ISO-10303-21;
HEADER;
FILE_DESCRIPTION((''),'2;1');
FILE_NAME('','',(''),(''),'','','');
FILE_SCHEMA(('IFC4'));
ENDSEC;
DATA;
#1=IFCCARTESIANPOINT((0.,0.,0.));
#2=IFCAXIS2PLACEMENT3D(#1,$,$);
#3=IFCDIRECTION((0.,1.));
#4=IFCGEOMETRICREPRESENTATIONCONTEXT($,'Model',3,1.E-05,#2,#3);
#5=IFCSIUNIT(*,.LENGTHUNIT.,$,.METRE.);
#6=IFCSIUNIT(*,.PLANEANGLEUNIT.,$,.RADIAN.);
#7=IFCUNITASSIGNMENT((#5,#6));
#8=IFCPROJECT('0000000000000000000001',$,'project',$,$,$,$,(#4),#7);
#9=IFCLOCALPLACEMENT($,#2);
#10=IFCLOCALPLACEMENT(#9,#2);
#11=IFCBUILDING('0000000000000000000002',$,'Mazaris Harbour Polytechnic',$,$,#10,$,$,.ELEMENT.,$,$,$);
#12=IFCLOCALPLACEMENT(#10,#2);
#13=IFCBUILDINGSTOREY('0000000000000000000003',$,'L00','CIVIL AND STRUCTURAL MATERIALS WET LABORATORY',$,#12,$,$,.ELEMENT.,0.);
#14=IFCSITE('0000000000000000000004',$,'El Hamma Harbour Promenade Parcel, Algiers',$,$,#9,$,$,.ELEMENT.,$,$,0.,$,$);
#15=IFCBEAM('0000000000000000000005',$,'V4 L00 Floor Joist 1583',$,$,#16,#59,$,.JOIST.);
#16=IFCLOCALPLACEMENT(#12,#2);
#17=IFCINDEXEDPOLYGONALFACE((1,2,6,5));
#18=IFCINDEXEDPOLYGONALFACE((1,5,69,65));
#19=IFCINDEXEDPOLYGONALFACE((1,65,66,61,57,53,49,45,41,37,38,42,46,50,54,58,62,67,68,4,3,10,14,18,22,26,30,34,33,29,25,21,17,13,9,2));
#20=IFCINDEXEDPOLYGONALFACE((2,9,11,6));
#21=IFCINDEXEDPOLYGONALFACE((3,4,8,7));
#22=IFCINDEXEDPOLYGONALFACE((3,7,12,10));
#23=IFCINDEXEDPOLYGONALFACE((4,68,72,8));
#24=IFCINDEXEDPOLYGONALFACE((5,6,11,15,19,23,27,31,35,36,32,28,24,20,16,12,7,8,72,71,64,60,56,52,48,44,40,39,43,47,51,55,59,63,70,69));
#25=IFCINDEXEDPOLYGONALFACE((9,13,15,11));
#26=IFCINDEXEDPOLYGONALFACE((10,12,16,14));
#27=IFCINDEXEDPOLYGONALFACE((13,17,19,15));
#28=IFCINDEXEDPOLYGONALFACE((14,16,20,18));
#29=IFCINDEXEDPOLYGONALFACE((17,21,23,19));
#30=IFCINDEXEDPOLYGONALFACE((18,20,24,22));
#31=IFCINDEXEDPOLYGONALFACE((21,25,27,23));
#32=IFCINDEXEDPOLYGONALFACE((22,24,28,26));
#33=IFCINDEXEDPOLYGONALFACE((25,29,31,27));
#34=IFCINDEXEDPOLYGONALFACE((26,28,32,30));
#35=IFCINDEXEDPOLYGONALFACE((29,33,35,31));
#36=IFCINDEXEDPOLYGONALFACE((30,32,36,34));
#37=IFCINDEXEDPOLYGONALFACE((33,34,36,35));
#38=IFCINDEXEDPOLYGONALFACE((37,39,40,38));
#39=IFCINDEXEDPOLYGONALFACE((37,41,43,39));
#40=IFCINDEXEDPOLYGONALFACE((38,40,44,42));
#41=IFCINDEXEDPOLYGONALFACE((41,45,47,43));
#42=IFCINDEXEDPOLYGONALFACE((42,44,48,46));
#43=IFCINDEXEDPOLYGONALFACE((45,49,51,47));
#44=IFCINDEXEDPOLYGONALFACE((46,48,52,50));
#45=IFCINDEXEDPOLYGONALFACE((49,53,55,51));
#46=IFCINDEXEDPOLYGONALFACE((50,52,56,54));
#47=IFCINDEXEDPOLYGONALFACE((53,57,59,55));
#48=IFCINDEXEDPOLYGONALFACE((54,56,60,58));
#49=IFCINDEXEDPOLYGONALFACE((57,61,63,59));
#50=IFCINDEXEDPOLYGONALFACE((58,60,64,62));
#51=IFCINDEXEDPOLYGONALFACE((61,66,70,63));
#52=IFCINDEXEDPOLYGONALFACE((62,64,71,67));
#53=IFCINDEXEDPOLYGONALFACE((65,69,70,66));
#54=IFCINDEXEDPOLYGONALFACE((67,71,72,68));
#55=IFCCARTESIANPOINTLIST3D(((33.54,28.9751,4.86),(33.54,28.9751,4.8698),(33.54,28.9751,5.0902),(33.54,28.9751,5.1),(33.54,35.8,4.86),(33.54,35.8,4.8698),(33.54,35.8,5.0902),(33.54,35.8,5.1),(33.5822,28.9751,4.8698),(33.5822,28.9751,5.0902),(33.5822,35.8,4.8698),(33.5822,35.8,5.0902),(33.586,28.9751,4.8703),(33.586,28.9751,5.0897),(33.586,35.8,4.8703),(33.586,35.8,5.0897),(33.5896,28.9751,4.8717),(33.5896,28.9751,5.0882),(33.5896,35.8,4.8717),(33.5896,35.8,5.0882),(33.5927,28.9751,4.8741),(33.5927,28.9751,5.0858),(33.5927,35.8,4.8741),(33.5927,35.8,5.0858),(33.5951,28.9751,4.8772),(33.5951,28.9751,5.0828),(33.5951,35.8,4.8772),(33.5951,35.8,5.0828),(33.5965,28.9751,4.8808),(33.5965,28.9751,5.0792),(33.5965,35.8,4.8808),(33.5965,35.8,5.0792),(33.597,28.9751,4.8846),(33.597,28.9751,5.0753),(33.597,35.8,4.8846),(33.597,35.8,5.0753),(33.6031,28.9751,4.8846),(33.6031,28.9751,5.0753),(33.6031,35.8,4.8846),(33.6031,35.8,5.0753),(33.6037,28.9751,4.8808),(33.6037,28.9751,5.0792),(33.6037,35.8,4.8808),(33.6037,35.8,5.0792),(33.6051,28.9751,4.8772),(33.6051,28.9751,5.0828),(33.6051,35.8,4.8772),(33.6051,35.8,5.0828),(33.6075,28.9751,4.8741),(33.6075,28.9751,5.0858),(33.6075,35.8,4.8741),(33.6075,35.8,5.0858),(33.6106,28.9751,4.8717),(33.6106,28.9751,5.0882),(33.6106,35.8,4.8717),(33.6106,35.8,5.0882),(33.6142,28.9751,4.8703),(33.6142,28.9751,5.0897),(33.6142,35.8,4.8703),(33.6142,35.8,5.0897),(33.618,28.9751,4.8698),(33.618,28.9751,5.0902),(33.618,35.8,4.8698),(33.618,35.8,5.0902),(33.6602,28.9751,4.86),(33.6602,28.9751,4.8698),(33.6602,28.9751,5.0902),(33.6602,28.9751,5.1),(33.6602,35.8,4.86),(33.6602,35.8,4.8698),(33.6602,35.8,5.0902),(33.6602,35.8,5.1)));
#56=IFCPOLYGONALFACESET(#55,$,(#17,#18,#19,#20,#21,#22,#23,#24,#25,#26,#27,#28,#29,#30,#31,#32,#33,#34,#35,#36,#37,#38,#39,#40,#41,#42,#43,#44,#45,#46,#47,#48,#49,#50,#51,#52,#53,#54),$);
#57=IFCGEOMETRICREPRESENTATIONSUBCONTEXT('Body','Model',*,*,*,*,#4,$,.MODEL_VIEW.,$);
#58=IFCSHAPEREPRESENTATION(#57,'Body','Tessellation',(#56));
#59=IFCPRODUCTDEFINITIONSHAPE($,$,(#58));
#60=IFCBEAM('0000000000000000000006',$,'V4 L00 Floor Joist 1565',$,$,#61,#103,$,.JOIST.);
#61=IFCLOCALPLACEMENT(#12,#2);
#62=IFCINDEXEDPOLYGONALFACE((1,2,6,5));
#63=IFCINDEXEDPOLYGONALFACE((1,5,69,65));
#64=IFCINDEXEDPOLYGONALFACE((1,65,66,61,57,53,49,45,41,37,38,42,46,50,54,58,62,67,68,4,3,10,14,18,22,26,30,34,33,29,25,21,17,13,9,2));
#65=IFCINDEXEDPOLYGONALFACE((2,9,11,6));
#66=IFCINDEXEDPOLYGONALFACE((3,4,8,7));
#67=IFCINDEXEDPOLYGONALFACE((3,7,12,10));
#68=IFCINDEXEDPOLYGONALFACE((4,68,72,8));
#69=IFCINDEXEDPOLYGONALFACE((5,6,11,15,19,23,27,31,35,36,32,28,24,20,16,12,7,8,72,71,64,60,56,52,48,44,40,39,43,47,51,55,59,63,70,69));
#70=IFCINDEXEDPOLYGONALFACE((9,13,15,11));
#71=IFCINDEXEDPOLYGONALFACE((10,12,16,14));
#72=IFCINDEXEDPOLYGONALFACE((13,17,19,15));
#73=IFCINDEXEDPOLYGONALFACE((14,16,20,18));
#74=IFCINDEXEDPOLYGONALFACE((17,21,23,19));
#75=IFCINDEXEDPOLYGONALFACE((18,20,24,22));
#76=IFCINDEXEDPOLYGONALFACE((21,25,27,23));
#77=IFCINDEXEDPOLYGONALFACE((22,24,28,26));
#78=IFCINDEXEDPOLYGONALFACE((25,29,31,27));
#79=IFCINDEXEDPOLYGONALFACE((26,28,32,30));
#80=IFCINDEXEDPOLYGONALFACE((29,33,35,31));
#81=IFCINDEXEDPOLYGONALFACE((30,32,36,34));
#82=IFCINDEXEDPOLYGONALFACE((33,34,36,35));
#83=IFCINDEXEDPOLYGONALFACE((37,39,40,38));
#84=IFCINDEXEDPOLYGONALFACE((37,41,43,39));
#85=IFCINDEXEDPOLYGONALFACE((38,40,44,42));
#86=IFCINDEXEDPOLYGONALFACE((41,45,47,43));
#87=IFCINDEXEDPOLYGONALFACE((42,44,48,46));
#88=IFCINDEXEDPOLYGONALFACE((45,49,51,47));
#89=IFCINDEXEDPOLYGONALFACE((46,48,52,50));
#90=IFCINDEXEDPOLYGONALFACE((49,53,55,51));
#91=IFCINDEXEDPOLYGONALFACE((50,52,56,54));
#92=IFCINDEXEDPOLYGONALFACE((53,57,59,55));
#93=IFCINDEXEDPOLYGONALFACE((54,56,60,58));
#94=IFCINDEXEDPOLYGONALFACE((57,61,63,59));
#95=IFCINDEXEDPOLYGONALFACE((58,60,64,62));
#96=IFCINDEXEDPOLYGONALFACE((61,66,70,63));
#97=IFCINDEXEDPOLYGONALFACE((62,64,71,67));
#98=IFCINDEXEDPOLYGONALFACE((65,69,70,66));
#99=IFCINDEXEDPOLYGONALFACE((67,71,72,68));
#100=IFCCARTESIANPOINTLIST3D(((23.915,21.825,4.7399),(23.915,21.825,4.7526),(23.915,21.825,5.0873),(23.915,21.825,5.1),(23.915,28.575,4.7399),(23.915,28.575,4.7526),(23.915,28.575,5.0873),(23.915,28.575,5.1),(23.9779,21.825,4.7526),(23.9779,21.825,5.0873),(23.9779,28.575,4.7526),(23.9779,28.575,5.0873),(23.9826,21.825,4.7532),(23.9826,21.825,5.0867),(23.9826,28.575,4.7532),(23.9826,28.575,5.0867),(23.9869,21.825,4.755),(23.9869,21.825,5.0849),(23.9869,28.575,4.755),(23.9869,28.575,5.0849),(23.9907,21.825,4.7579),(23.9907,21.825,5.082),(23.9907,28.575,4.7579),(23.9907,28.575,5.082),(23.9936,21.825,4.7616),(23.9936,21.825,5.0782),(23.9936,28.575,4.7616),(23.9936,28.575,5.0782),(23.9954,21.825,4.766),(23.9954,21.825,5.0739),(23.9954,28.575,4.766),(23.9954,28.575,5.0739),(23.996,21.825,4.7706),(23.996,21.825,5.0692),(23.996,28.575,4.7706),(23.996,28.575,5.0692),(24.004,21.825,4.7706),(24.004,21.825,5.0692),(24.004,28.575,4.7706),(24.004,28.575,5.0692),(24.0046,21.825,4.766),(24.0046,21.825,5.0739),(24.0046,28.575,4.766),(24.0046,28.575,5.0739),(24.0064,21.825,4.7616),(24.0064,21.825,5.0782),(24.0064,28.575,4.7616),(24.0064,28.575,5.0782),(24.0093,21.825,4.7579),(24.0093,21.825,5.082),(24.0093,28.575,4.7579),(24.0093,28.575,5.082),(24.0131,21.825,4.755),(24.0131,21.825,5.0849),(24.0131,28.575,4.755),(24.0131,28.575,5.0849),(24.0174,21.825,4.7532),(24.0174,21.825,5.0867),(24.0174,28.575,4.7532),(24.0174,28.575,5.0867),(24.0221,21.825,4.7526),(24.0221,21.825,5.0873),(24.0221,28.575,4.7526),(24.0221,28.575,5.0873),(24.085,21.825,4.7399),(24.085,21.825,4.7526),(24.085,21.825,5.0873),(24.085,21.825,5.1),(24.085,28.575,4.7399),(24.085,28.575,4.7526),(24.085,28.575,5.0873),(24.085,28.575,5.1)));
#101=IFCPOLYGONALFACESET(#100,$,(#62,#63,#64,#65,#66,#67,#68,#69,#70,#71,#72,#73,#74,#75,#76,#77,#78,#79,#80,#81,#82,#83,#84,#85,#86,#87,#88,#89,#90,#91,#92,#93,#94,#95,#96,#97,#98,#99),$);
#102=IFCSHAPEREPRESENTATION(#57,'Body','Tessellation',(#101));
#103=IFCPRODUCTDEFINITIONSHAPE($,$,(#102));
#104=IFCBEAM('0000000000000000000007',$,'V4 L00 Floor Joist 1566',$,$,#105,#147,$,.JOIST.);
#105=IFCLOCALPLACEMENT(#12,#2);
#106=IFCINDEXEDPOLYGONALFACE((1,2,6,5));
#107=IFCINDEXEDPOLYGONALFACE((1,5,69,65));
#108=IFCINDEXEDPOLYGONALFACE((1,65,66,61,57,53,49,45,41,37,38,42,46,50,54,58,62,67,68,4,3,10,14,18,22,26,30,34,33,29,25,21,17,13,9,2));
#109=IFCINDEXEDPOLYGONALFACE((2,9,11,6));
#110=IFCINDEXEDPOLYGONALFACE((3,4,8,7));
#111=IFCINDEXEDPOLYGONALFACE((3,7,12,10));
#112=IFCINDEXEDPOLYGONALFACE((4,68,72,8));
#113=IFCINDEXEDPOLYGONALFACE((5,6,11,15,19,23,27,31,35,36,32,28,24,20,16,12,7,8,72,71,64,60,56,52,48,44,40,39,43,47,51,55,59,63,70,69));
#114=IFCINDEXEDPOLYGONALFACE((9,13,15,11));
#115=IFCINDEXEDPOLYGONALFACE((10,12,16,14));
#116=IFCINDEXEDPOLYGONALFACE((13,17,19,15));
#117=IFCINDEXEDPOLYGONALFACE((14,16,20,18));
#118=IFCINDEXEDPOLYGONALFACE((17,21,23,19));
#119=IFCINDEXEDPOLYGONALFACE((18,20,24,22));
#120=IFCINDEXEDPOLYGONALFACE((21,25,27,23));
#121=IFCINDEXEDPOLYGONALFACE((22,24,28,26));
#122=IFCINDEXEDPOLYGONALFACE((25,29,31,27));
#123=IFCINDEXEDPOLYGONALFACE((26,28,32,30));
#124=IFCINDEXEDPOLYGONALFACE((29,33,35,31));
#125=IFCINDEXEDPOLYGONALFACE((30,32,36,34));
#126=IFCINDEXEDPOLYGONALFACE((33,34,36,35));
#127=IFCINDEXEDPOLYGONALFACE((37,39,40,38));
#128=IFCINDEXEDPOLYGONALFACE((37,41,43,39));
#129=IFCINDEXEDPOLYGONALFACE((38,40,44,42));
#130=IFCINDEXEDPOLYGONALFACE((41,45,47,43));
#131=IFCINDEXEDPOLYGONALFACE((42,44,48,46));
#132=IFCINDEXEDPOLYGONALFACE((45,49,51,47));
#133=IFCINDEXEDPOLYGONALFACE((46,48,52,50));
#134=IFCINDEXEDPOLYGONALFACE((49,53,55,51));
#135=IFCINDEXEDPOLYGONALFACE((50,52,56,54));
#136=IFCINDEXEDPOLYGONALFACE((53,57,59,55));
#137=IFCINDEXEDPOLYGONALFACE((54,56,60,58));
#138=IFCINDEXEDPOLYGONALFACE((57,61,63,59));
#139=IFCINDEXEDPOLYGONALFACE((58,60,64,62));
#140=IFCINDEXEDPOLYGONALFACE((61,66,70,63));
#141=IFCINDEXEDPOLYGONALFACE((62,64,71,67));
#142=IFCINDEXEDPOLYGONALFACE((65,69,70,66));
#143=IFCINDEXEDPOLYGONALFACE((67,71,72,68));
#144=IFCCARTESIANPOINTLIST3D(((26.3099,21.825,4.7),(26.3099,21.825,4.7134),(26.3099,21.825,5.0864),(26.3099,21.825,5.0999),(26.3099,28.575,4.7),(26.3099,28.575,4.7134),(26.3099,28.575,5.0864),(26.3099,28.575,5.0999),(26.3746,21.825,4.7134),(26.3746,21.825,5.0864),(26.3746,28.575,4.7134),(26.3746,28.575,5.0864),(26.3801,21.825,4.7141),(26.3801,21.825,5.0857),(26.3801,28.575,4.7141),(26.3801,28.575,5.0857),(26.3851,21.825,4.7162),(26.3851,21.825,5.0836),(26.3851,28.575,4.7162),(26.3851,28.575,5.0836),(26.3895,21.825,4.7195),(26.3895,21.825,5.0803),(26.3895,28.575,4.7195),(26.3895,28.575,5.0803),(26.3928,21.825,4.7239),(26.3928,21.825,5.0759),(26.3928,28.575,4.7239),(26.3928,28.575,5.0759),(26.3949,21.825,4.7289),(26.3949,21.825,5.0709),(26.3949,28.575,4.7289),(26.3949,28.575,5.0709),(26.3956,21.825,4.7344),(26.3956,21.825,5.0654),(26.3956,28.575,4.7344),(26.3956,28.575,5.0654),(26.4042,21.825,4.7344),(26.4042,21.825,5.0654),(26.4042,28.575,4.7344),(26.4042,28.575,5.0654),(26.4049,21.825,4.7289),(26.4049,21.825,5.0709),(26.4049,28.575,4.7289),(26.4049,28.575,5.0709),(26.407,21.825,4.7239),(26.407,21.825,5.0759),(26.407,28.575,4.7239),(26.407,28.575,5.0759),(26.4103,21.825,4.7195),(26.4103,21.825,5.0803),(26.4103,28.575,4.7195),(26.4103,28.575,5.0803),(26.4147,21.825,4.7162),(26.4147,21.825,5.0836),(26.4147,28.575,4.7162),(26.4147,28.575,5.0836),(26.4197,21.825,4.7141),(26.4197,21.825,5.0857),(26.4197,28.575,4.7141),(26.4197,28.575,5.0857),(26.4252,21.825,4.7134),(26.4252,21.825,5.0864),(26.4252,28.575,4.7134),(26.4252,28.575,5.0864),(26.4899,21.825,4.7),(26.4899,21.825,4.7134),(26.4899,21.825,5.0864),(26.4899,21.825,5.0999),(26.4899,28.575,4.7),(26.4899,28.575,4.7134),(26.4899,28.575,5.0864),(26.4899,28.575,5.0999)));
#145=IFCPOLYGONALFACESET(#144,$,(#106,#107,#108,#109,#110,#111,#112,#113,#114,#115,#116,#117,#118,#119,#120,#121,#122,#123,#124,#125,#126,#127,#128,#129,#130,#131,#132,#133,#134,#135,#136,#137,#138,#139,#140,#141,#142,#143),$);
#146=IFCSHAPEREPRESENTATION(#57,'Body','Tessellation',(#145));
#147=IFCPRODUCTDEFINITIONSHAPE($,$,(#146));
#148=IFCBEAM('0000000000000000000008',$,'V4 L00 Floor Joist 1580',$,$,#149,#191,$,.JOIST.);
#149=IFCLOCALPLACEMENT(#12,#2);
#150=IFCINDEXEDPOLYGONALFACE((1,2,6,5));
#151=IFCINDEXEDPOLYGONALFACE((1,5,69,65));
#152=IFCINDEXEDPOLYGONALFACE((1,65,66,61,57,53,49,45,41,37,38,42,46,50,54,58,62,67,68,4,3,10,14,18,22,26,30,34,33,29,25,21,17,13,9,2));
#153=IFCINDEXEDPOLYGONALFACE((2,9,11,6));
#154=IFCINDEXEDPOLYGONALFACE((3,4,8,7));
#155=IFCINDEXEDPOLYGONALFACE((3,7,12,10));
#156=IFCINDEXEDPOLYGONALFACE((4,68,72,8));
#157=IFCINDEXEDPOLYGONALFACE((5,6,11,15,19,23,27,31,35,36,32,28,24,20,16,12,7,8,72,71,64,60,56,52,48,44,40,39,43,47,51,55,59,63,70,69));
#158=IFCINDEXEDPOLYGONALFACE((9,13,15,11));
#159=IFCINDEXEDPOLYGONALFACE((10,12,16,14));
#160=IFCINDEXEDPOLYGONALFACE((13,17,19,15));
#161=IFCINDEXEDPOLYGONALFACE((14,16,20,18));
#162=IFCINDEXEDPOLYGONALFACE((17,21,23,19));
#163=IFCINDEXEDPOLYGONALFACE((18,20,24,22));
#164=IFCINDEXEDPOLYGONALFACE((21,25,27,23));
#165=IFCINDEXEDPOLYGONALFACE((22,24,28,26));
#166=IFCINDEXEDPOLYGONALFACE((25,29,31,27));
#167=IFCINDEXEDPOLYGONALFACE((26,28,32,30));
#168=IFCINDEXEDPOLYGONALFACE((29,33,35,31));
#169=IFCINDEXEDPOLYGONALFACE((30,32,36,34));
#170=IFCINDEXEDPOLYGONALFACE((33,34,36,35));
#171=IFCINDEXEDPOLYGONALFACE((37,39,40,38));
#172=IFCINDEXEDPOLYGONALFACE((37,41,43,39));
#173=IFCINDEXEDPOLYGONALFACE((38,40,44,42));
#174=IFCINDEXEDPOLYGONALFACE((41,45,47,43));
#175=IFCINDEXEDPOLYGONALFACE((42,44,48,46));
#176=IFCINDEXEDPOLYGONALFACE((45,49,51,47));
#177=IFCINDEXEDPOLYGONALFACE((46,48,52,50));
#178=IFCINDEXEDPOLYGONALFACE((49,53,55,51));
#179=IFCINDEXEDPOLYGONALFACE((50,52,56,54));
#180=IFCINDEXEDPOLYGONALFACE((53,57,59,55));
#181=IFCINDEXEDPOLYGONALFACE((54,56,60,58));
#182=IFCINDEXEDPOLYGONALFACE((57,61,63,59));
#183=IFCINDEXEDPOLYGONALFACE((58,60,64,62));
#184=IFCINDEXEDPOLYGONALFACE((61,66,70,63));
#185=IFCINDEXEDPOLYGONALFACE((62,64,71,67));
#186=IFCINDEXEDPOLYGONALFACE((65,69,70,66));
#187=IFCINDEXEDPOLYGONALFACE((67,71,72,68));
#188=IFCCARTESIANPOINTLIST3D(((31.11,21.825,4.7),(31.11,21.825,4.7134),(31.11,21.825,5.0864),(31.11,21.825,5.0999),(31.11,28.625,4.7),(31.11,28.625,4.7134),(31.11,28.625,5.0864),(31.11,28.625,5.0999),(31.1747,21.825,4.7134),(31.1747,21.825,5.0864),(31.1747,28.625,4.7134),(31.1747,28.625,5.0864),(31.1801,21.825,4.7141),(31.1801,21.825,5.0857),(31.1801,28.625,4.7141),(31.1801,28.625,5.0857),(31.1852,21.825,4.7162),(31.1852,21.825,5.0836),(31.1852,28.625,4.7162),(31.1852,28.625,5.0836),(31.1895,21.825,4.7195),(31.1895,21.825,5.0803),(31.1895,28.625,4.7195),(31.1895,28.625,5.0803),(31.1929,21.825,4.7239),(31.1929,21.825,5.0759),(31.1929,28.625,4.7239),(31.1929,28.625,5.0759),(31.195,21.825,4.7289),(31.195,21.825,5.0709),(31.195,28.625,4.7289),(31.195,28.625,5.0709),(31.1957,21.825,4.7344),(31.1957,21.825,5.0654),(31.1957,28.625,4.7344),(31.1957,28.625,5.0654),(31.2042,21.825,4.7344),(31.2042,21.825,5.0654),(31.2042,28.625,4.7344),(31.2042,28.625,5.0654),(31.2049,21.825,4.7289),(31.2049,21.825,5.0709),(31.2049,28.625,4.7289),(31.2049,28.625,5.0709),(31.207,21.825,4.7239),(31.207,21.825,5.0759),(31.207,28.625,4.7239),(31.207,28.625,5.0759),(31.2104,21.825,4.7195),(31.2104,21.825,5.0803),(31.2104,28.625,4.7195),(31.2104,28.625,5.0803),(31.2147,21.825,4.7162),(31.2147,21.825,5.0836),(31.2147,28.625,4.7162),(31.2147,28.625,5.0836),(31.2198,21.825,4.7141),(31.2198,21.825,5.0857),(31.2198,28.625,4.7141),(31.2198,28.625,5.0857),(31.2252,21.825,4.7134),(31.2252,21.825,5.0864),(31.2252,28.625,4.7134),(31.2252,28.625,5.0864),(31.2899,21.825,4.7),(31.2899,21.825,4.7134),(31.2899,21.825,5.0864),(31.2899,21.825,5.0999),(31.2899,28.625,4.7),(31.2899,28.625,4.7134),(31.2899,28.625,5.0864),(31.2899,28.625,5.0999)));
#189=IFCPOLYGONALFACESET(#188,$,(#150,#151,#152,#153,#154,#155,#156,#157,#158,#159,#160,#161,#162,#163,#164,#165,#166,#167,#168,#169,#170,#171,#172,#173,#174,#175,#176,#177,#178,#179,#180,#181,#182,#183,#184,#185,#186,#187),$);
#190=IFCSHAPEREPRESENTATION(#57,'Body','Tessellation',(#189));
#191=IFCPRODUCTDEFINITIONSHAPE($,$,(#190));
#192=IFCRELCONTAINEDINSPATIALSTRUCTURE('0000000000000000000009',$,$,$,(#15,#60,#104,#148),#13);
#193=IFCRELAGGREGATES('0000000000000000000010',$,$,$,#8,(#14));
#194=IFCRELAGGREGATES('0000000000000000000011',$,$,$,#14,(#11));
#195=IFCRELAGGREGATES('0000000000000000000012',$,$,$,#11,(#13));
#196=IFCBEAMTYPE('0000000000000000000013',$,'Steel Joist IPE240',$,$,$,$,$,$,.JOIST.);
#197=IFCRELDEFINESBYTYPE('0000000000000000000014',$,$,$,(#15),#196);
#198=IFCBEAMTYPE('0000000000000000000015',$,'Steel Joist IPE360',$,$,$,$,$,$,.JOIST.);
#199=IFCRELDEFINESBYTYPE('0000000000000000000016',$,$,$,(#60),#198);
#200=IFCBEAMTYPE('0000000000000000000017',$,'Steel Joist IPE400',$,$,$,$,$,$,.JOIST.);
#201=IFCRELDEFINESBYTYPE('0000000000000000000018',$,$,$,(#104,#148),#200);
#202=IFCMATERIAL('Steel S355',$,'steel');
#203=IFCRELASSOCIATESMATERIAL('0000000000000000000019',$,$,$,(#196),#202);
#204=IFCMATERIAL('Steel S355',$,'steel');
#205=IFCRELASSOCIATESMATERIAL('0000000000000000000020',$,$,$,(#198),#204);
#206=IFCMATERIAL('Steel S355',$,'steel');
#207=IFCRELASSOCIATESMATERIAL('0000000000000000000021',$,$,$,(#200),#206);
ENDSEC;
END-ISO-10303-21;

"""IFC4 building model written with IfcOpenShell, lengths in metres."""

from ifc_helpers import new_model, si_unit, direction, frame, origin, origin_2d, place, context, subcontext, project, spatial, i_section, extrude, material, material_profile, profile_set, type_object, element, save


model = new_model("IFC4")

# Units and contexts
model_context = context("Model", 3, precision=1e-05, world=origin(), true_north=direction((0.0, 1.0)))
body_context = subcontext(model_context, "Body", "Model", "MODEL_VIEW")
ifc_project = project(units=[si_unit("LENGTHUNIT", "METRE"), si_unit("PLANEANGLEUNIT", "RADIAN")], contexts=[model_context])

# Site, building, storey
site_placement = place(None, origin())
site = spatial("IfcSite", under=ifc_project, at=site_placement, Name="El Hamma Harbour Promenade Parcel, Algiers", CompositionType="ELEMENT", RefElevation=0.0)
building_placement = place(site_placement, origin())
building = spatial("IfcBuilding", under=site, at=building_placement, Name="Mazaris Harbour Polytechnic", CompositionType="ELEMENT")
storey_placement = place(building_placement, origin())
storey = spatial("IfcBuildingStorey", under=building, at=storey_placement, Name="L00", Description="CIVIL AND STRUCTURAL MATERIALS WET LABORATORY", CompositionType="ELEMENT", Elevation=0.0)

# Beams
ifc_material_1 = material(Name="Steel S355", Category="steel")
ifc_material_profile_1 = material_profile(ifc_material_1, i_section(OverallWidth=0.1201, OverallDepth=0.24, WebThickness=0.0061, FlangeThickness=0.0098, FilletRadius=0.0149, at=origin_2d()), Name="IPE 240")
ifc_profile_set_1 = profile_set([ifc_material_profile_1], Name="Steel S355")
beam_type_1 = type_object("IfcBeamType", Name="Steel Joist IPE240", PredefinedType="JOIST", material=ifc_profile_set_1)
beam_1_placement = place(storey_placement, frame((33.6001, 28.9751, 4.98), z_axis=(0.0, 1.0, 0.0), x_axis=(-1.0, 0.0, 0.0)))
element("IfcBeam", 1, at=beam_1_placement, inside=storey, type_object=beam_type_1, Name="V4 L00 Floor Joist 1583", PredefinedType="JOIST", context=body_context, shape_type="SweptSolid", body=[
    extrude(i_section(OverallWidth=0.1201, OverallDepth=0.24, WebThickness=0.0061, FlangeThickness=0.0098, FilletRadius=0.0149, at=origin_2d()), origin(), (0.0, 0.0, 1.0), 6.825),
])
ifc_material_2 = material(Name="Steel S355", Category="steel")
ifc_material_profile_2 = material_profile(ifc_material_2, i_section(OverallWidth=0.1699, OverallDepth=0.3601, WebThickness=0.0081, FlangeThickness=0.0127, FilletRadius=0.0181, at=origin_2d()), Name="IPE 360")
ifc_profile_set_2 = profile_set([ifc_material_profile_2], Name="Steel S355")
beam_type_2 = type_object("IfcBeamType", Name="Steel Joist IPE360", PredefinedType="JOIST", material=ifc_profile_set_2)
beam_2_placement = place(storey_placement, frame((24.0, 21.825, 4.9199), z_axis=(0.0, 1.0, 0.0), x_axis=(-1.0, 0.0, 0.0)))
element("IfcBeam", 2, at=beam_2_placement, inside=storey, type_object=beam_type_2, Name="V4 L00 Floor Joist 1565", PredefinedType="JOIST", context=body_context, shape_type="SweptSolid", body=[
    extrude(i_section(OverallWidth=0.1699, OverallDepth=0.3601, WebThickness=0.0081, FlangeThickness=0.0127, FilletRadius=0.0181, at=origin_2d()), origin(), (0.0, 0.0, 1.0), 6.75),
])
ifc_material_3 = material(Name="Steel S355", Category="steel")
ifc_material_profile_3 = material_profile(ifc_material_3, i_section(OverallWidth=0.1799, OverallDepth=0.3999, WebThickness=0.0085, FlangeThickness=0.0134, FilletRadius=0.021, at=origin_2d()), Name="IPE 400")
ifc_profile_set_3 = profile_set([ifc_material_profile_3], Name="Steel S355")
beam_type_3 = type_object("IfcBeamType", Name="Steel Joist IPE400", PredefinedType="JOIST", material=ifc_profile_set_3)
beam_3_placement = place(storey_placement, frame((26.3999, 21.825, 4.8999), z_axis=(0.0, 1.0, 0.0), x_axis=(-1.0, 0.0, 0.0)))
element("IfcBeam", 3, at=beam_3_placement, inside=storey, type_object=beam_type_3, Name="V4 L00 Floor Joist 1566", PredefinedType="JOIST", context=body_context, shape_type="SweptSolid", body=[
    extrude(i_section(OverallWidth=0.1799, OverallDepth=0.3999, WebThickness=0.0085, FlangeThickness=0.0134, FilletRadius=0.021, at=origin_2d()), origin(), (0.0, 0.0, 1.0), 6.75),
])
beam_4_placement = place(storey_placement, frame((31.2, 21.825, 4.8999), z_axis=(0.0, 1.0, 0.0), x_axis=(-1.0, 0.0, 0.0)))
element("IfcBeam", 4, at=beam_4_placement, inside=storey, type_object=beam_type_3, Name="V4 L00 Floor Joist 1580", PredefinedType="JOIST", context=body_context, shape_type="SweptSolid", body=[
    extrude(i_section(OverallWidth=0.1799, OverallDepth=0.3999, WebThickness=0.0085, FlangeThickness=0.0134, FilletRadius=0.021, at=origin_2d()), origin(), (0.0, 0.0, 1.0), 6.8),
])

save(model, "model.ifc")
